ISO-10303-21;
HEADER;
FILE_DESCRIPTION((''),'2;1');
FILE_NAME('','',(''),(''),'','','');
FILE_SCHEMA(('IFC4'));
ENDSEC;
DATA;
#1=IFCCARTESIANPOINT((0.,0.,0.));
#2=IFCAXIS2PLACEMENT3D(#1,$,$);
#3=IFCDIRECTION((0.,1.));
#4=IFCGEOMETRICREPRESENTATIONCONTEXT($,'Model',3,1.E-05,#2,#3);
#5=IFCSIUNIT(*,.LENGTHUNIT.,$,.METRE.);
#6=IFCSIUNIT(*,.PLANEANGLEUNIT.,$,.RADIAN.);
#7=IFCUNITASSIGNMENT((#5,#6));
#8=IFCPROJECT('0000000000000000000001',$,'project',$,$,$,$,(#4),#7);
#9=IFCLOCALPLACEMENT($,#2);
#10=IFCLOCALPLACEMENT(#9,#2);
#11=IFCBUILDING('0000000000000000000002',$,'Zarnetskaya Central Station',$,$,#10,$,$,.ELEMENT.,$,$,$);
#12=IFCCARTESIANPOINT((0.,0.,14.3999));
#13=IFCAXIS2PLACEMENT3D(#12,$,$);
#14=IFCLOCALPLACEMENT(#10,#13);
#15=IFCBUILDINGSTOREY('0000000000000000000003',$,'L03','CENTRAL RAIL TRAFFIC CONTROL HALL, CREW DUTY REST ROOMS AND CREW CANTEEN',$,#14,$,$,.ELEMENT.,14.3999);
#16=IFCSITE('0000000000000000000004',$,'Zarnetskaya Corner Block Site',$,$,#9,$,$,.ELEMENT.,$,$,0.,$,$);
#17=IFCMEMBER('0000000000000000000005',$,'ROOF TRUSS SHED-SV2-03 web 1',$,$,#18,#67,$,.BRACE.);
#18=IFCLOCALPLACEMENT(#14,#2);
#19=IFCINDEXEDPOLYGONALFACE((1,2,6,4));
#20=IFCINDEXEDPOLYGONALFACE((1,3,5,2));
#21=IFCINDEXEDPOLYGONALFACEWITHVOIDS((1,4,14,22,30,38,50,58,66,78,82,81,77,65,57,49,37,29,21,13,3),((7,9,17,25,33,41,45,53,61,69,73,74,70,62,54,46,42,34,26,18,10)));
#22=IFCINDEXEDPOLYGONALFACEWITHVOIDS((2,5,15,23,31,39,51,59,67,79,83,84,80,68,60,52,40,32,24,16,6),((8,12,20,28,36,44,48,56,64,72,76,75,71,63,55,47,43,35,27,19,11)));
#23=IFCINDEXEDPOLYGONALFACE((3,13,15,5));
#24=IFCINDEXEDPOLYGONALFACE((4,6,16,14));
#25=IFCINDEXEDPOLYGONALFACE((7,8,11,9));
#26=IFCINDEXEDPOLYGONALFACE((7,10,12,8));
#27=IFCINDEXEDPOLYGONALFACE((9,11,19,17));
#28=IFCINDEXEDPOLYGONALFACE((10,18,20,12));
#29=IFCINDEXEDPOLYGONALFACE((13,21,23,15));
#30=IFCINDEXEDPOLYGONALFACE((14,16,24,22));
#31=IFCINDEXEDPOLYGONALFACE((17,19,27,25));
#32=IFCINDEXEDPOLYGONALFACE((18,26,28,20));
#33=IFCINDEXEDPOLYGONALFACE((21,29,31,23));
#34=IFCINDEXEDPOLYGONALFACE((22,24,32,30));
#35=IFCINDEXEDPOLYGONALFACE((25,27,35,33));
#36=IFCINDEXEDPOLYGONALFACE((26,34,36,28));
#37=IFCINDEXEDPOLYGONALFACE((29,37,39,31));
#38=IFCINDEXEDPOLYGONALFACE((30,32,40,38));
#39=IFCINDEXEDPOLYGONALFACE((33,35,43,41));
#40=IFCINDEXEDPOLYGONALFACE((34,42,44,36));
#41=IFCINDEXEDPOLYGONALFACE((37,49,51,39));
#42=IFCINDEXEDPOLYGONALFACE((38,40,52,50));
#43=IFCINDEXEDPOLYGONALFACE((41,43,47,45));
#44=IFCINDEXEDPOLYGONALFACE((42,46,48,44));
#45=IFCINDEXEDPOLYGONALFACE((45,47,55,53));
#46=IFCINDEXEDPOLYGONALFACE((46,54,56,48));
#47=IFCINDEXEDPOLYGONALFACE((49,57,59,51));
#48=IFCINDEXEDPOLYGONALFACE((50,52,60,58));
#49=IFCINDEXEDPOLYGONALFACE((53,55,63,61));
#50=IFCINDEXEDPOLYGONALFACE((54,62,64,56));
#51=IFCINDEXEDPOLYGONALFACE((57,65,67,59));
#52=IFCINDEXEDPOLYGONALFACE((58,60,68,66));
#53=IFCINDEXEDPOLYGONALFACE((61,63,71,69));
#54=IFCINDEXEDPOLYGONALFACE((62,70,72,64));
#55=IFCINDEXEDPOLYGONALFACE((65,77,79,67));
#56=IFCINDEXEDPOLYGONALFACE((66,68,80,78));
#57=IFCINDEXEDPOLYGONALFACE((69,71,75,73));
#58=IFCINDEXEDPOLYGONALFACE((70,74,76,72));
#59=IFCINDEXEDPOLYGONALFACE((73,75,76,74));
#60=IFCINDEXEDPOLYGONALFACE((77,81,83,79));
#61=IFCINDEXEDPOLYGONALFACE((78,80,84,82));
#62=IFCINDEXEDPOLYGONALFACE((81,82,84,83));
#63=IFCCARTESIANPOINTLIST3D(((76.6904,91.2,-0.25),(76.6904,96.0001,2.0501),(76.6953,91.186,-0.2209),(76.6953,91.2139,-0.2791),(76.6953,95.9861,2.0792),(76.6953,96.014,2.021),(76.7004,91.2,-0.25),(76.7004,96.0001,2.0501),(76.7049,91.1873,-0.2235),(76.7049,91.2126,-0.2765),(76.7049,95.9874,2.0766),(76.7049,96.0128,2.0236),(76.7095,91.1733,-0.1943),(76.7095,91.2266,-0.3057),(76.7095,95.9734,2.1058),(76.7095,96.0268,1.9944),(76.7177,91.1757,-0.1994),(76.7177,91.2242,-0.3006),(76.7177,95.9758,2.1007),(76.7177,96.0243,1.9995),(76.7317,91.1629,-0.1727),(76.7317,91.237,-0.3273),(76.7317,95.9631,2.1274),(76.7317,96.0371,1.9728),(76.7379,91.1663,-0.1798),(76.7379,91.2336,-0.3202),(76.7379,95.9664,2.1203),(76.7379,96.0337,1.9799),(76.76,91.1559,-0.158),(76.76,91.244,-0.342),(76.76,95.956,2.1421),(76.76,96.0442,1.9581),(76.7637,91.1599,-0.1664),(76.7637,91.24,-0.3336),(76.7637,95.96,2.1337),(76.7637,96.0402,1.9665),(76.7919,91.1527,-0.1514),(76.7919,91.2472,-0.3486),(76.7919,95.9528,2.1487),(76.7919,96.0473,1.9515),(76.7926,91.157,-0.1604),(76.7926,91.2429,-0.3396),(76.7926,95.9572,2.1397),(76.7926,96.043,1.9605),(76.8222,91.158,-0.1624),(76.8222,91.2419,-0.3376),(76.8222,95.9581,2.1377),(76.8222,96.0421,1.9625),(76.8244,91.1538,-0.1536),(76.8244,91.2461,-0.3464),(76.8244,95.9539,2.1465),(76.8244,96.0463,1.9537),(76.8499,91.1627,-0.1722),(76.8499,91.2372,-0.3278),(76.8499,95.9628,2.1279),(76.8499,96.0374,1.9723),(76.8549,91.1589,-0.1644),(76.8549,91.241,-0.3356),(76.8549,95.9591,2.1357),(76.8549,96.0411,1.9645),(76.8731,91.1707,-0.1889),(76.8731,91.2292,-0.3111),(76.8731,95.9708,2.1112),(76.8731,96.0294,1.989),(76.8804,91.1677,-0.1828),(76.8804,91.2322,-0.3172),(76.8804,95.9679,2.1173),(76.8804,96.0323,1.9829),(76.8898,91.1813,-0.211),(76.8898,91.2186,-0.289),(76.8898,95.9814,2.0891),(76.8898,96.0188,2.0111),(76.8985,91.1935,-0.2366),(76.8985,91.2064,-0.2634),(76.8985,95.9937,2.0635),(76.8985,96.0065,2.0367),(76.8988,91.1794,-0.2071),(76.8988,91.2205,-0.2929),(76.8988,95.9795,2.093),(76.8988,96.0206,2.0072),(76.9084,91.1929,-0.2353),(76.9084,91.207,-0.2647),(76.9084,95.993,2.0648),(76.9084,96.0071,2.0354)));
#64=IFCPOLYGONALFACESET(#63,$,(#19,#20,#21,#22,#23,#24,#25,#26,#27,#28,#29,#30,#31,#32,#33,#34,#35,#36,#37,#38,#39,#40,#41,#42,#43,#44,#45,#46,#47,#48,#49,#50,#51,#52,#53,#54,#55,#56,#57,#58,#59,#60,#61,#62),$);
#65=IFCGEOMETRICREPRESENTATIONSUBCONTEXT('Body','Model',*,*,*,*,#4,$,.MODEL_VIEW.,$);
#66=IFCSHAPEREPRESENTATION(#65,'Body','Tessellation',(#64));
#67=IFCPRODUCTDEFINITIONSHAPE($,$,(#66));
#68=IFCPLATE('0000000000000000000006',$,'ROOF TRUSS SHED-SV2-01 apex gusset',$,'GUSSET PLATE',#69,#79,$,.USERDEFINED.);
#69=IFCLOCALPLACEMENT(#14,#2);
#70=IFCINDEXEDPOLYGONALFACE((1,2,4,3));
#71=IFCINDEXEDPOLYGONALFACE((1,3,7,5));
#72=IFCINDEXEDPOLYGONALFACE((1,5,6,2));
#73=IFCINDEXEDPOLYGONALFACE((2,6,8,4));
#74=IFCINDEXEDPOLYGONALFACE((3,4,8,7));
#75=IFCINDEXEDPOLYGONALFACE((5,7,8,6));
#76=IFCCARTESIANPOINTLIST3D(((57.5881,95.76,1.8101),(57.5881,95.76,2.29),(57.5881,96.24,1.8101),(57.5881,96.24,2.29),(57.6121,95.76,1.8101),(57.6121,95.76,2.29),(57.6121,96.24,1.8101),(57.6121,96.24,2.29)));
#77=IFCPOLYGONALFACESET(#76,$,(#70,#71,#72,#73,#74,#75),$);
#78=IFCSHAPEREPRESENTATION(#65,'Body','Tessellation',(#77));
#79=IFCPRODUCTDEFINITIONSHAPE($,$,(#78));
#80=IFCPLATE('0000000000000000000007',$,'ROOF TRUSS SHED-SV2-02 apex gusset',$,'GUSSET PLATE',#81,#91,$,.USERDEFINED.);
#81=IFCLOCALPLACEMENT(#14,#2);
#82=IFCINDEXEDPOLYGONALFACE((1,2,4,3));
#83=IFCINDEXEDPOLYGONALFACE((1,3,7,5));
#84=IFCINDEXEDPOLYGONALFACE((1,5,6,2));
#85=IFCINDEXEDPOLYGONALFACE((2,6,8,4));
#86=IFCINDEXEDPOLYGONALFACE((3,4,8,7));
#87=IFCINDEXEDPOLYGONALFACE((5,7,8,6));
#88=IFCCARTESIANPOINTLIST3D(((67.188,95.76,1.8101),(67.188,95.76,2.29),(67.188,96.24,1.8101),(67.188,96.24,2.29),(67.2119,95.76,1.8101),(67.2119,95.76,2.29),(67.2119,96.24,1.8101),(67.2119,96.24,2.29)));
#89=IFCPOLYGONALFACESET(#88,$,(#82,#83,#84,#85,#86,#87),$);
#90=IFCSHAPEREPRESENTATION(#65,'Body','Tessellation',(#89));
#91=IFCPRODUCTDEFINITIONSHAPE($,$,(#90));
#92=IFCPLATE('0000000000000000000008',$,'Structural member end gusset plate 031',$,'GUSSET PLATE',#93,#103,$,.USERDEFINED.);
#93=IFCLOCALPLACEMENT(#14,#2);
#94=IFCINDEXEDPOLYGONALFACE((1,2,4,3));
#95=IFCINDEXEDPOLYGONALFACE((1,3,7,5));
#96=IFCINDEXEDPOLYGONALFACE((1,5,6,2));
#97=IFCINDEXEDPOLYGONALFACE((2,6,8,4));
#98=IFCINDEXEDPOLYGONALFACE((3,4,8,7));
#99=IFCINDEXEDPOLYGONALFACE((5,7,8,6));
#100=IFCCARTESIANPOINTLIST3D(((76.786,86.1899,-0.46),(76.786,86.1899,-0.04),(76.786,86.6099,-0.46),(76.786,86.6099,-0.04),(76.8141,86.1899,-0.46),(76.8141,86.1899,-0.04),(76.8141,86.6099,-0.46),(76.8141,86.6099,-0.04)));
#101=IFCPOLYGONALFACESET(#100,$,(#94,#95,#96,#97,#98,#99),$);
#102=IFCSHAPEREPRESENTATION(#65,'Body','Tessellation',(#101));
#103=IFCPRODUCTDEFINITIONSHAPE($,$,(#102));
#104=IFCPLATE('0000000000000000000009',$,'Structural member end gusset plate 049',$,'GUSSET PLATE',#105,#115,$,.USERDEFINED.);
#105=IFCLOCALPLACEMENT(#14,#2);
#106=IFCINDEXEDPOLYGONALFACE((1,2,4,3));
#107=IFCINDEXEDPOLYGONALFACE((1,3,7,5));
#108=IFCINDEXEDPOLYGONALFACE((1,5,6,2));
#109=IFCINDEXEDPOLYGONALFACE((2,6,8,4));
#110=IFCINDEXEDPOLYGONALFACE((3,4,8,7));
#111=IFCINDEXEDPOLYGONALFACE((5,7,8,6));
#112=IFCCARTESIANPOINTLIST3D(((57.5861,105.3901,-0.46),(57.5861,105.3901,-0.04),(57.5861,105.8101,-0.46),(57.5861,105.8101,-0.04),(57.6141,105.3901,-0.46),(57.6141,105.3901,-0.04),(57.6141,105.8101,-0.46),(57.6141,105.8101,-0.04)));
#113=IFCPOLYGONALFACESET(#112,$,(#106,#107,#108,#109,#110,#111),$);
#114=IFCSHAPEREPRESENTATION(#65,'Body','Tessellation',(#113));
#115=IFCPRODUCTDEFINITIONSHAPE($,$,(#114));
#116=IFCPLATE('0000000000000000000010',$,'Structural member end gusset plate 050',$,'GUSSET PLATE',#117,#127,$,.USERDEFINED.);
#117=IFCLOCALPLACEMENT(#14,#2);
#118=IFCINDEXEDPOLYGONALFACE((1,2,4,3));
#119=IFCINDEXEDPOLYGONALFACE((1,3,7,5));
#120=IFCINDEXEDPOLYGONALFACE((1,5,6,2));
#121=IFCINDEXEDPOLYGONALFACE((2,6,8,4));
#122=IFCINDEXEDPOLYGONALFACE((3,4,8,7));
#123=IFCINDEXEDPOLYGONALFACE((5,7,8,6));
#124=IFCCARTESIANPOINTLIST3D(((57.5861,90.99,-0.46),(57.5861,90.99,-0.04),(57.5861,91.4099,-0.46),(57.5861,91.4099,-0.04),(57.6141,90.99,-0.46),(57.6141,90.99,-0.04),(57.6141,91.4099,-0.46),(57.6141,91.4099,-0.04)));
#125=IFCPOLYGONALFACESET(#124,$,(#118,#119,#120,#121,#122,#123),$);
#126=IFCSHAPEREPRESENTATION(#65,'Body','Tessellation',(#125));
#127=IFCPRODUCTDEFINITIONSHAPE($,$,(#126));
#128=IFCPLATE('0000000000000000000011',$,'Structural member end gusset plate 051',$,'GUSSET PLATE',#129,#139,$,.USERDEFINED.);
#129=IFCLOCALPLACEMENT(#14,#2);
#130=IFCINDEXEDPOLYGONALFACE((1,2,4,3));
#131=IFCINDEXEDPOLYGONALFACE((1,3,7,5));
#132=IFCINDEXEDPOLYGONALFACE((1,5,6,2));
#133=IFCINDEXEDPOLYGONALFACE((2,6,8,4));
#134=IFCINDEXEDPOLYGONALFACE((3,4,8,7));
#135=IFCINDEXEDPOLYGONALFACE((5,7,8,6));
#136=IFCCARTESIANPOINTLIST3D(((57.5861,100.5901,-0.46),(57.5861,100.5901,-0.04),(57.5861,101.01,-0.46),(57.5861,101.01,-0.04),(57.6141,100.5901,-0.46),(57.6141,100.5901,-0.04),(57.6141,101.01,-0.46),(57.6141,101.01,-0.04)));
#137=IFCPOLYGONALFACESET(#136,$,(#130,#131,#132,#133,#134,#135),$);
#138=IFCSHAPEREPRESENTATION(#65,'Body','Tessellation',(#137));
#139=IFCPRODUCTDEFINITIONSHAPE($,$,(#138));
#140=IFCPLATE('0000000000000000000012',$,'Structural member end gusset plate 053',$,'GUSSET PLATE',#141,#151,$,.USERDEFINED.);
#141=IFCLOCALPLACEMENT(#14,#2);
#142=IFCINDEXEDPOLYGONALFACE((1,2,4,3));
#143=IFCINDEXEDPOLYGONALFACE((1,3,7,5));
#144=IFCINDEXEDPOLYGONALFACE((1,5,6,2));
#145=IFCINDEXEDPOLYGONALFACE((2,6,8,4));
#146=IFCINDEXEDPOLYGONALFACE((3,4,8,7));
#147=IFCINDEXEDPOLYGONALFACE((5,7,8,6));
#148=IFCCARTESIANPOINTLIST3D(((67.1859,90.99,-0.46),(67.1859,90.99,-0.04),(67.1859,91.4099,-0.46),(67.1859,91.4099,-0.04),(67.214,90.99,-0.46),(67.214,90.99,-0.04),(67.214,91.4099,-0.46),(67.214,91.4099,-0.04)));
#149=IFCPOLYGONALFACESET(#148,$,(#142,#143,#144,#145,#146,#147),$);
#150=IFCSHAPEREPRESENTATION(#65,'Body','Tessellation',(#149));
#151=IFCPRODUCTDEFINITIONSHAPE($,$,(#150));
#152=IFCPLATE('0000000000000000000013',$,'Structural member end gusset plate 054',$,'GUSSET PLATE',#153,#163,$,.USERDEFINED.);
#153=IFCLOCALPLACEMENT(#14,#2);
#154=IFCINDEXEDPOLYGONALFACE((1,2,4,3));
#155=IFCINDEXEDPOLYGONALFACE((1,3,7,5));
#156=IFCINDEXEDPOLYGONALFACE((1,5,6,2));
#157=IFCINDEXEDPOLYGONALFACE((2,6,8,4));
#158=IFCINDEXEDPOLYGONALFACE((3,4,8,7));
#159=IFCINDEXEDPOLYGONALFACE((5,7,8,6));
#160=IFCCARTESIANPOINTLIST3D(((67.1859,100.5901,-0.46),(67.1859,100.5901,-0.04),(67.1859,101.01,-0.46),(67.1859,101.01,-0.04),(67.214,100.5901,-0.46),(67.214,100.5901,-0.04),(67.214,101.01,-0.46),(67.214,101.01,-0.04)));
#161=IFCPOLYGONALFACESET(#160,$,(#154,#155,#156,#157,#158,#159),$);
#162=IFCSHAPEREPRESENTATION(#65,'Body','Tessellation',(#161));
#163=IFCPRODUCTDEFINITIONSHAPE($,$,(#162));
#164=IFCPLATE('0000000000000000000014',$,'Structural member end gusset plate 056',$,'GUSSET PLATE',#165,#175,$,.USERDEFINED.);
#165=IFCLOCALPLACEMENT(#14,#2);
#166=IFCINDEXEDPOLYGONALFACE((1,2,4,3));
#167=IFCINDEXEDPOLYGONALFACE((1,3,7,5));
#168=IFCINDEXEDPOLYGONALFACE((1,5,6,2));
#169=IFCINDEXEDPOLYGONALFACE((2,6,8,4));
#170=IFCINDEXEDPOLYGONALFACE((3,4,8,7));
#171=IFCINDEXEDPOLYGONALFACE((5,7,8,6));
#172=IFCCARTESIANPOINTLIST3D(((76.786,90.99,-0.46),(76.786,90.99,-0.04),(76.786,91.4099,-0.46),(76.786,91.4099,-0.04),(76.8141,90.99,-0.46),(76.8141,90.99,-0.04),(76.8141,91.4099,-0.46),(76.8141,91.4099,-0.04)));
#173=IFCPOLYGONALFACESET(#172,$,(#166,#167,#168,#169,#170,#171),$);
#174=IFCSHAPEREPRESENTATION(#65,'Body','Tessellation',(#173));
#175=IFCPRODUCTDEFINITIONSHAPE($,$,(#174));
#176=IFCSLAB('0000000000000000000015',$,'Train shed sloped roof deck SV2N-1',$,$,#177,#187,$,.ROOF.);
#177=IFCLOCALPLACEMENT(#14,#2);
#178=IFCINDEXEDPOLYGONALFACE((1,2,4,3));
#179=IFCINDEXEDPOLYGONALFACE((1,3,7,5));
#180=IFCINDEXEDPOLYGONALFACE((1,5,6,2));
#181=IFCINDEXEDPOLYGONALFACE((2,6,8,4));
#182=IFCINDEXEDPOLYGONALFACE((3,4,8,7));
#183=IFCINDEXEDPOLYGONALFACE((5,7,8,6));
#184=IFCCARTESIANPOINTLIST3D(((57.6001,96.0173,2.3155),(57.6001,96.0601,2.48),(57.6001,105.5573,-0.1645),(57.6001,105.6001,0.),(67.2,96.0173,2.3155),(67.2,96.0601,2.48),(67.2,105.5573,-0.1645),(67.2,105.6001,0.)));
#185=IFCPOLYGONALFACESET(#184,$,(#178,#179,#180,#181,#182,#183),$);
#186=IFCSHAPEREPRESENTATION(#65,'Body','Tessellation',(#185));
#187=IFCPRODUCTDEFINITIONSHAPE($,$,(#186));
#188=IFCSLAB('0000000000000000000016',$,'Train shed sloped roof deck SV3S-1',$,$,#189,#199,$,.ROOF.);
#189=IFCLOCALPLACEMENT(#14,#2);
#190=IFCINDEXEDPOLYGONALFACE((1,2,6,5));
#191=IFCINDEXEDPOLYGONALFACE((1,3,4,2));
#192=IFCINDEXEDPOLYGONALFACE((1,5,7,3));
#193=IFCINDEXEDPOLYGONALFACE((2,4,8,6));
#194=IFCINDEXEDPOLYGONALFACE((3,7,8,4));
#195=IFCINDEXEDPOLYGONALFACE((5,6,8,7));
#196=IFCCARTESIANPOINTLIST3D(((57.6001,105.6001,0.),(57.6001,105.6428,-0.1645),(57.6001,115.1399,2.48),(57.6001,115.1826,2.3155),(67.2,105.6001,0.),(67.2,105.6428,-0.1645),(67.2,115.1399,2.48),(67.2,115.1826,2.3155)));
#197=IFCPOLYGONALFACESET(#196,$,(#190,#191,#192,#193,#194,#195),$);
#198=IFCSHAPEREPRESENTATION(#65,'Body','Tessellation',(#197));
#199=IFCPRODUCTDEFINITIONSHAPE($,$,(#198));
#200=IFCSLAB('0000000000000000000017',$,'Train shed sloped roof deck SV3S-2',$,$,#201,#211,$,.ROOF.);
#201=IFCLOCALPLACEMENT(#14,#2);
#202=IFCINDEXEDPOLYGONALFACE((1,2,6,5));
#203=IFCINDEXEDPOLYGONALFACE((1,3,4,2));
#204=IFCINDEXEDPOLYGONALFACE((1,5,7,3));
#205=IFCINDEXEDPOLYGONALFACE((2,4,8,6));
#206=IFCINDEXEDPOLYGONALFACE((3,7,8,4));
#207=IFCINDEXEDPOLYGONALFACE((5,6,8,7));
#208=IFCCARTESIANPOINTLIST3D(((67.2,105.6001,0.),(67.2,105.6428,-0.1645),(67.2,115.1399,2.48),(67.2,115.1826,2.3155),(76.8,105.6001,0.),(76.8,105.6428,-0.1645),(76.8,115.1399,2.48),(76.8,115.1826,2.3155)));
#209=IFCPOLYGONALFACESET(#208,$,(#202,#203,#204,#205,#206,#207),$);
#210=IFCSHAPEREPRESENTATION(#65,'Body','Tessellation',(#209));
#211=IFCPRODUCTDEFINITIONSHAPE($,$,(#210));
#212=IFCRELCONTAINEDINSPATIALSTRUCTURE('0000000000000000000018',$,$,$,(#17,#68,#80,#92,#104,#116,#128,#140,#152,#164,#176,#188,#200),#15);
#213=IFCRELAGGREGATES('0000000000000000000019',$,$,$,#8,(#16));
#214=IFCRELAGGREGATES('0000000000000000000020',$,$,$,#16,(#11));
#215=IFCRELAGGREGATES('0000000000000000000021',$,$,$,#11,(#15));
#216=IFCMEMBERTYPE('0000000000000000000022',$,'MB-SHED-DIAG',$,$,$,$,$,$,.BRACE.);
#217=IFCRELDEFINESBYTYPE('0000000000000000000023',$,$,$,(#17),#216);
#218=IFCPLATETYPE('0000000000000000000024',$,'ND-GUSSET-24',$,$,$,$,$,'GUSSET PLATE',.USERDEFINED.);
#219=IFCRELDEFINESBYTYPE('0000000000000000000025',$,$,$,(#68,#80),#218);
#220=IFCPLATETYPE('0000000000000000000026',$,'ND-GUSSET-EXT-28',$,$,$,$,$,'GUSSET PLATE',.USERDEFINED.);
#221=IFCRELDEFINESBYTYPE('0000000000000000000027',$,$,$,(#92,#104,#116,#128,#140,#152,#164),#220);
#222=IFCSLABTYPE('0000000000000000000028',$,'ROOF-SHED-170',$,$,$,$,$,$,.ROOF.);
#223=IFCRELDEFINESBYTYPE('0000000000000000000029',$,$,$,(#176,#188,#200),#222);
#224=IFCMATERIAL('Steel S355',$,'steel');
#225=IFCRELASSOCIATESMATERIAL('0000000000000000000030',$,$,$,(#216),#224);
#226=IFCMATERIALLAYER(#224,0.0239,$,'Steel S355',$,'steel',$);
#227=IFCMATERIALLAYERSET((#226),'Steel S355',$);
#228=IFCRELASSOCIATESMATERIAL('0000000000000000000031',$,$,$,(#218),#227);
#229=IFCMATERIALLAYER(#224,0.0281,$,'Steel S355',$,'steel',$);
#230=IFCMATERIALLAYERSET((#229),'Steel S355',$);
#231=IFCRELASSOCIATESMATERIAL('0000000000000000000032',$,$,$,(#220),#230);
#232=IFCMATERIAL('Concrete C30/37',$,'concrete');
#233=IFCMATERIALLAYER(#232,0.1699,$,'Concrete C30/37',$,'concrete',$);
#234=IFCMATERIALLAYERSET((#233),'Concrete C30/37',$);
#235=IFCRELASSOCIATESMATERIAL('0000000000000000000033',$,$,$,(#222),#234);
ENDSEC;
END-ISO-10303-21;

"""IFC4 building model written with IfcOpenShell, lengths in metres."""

from ifc_helpers import new_model, si_unit, direction, frame, origin, origin_2d, place, context, subcontext, project, spatial, polyline, rectangle, hollow_circle, outline, extrude, material, layer, layer_set, material_profile, profile_set, type_object, element, save


model = new_model("IFC4")

# Units and contexts
model_context = context("Model", 3, precision=1e-05, world=origin(), true_north=direction((0.0, 1.0)))
body_context = subcontext(model_context, "Body", "Model", "MODEL_VIEW")
ifc_project = project(units=[si_unit("LENGTHUNIT", "METRE"), si_unit("PLANEANGLEUNIT", "RADIAN")], contexts=[model_context])

# Site, building, storey
site_placement = place(None, origin())
site = spatial("IfcSite", under=ifc_project, at=site_placement, Name="Zarnetskaya Corner Block Site", CompositionType="ELEMENT", RefElevation=0.0)
building_placement = place(site_placement, origin())
building = spatial("IfcBuilding", under=site, at=building_placement, Name="Zarnetskaya Central Station", CompositionType="ELEMENT")
storey_placement = place(building_placement, frame((0.0, 0.0, 14.3999)))
storey = spatial("IfcBuildingStorey", under=building, at=storey_placement, Name="L03", Description="CENTRAL RAIL TRAFFIC CONTROL HALL, CREW DUTY REST ROOMS AND CREW CANTEEN", CompositionType="ELEMENT", Elevation=14.3999)

# Shared definitions
ifc_material_1 = material(Name="Steel S355", Category="steel")

# Member
ifc_material_profile_1 = material_profile(ifc_material_1, hollow_circle(Radius=0.1096, WallThickness=0.01, at=origin_2d()), Name="CHS 219.1x10")
ifc_profile_set_1 = profile_set([ifc_material_profile_1], Name="Steel S355")
member_type_1 = type_object("IfcMemberType", Name="MB-SHED-DIAG", PredefinedType="BRACE", material=ifc_profile_set_1)
for number, where, z_axis, x_axis, name in (
    (1, (76.8, 91.2, -0.25), (0.0, 0.901814, 0.432124), (-1.0, 0.0, 0.0), "ROOF TRUSS SHED-SV2-03 web 1"),
):
    element("IfcMember", number, at=place(storey_placement, frame(where, z_axis=z_axis, x_axis=x_axis)), inside=storey, type_object=member_type_1, Name=name, PredefinedType="BRACE", context=body_context, shape_type="SweptSolid", body=[
        extrude(hollow_circle(Radius=0.1096, WallThickness=0.01, at=origin_2d()), origin(), (0.0, 0.0, 1.0), 5.3228),
    ])

# Plates
ifc_layer_1 = layer(ifc_material_1, 0.0239, Name="Steel S355", Category="steel")
ifc_layer_set_1 = layer_set([ifc_layer_1], Name="Steel S355")
plate_type_1 = type_object("IfcPlateType", Name="ND-GUSSET-24", ElementType="GUSSET PLATE", PredefinedType="USERDEFINED", material=ifc_layer_set_1)
for number, where, z_axis, x_axis, name in (
    (2, (57.6001, 96.0, 1.8101), (0.0, 0.0, 1.0), (1.0, 0.0, 0.0), "ROOF TRUSS SHED-SV2-01 apex gusset"),
    (3, (67.2, 96.0, 1.8101), (0.0, 0.0, 1.0), (1.0, 0.0, 0.0), "ROOF TRUSS SHED-SV2-02 apex gusset"),
):
    element("IfcPlate", number, at=place(storey_placement, frame(where, z_axis=z_axis, x_axis=x_axis)), inside=storey, type_object=plate_type_1, Name=name, ObjectType="GUSSET PLATE", PredefinedType="USERDEFINED", context=body_context, shape_type="SweptSolid", body=[
        extrude(rectangle(XDim=0.0239, YDim=0.48, at=origin_2d()), origin(), (0.0, 0.0, 1.0), 0.48),
    ])
ifc_layer_2 = layer(ifc_material_1, 0.0281, Name="Steel S355", Category="steel")
ifc_layer_set_2 = layer_set([ifc_layer_2], Name="Steel S355")
plate_type_2 = type_object("IfcPlateType", Name="ND-GUSSET-EXT-28", ElementType="GUSSET PLATE", PredefinedType="USERDEFINED", material=ifc_layer_set_2)
for number, where, z_axis, x_axis, name in (
    (4, (76.8, 86.3999, -0.46), (0.0, 0.0, 1.0), (1.0, 0.0, 0.0), "Structural member end gusset plate 031"),
    (5, (57.6001, 105.6001, -0.46), (0.0, 0.0, 1.0), (1.0, 0.0, 0.0), "Structural member end gusset plate 049"),
    (6, (57.6001, 91.2, -0.46), (0.0, 0.0, 1.0), (1.0, 0.0, 0.0), "Structural member end gusset plate 050"),
    (7, (57.6001, 100.8, -0.46), (0.0, 0.0, 1.0), (1.0, 0.0, 0.0), "Structural member end gusset plate 051"),
    (8, (67.2, 91.2, -0.46), (0.0, 0.0, 1.0), (1.0, 0.0, 0.0), "Structural member end gusset plate 053"),
    (9, (67.2, 100.8, -0.46), (0.0, 0.0, 1.0), (1.0, 0.0, 0.0), "Structural member end gusset plate 054"),
    (10, (76.8, 91.2, -0.46), (0.0, 0.0, 1.0), (1.0, 0.0, 0.0), "Structural member end gusset plate 056"),
):
    element("IfcPlate", number, at=place(storey_placement, frame(where, z_axis=z_axis, x_axis=x_axis)), inside=storey, type_object=plate_type_2, Name=name, ObjectType="GUSSET PLATE", PredefinedType="USERDEFINED", context=body_context, shape_type="SweptSolid", body=[
        extrude(rectangle(XDim=0.0281, YDim=0.4199, at=origin_2d()), origin(), (0.0, 0.0, 1.0), 0.4199),
    ])

# Slabs
ifc_material_2 = material(Name="Concrete C30/37", Category="concrete")
ifc_layer_3 = layer(ifc_material_2, 0.1699, Name="Concrete C30/37", Category="concrete")
ifc_layer_set_3 = layer_set([ifc_layer_3], Name="Concrete C30/37")
slab_type = type_object("IfcSlabType", Name="ROOF-SHED-170", PredefinedType="ROOF", material=ifc_layer_set_3)
slab_1_placement = place(storey_placement, frame((67.2, 105.6001, 0.0), z_axis=(0.0, 0.251593, 0.967833), x_axis=(-1.0, 0.0, 0.0)))
element("IfcSlab", 11, at=slab_1_placement, inside=storey, type_object=slab_type, Name="Train shed sloped roof deck SV2N-1", PredefinedType="ROOF", context=body_context, shape_type="SweptSolid", body=[
    extrude(outline(polyline([(0.0, 0.0), (9.5999, 0.0), (9.5999, 9.8571), (0.0, 9.8571), (0.0, 0.0)])), origin(), (0.0, 0.0, -1.0), 0.1699),
])
slab_2_placement = place(storey_placement, frame((57.6001, 105.6001, 0.0), z_axis=(0.0, -0.251599, 0.967832), x_axis=(1.0, 0.0, 0.0)))
element("IfcSlab", 12, at=slab_2_placement, inside=storey, type_object=slab_type, Name="Train shed sloped roof deck SV3S-1", PredefinedType="ROOF", context=body_context, shape_type="SweptSolid", body=[
    extrude(outline(polyline([(0.0, 0.0), (9.5999, 0.0), (9.5999, 9.8569), (0.0, 9.8569), (0.0, 0.0)])), origin(), (0.0, 0.0, -1.0), 0.1699),
])
slab_3_placement = place(storey_placement, frame((67.2, 105.6001, 0.0), z_axis=(0.0, -0.251599, 0.967832), x_axis=(1.0, 0.0, 0.0)))
element("IfcSlab", 13, at=slab_3_placement, inside=storey, type_object=slab_type, Name="Train shed sloped roof deck SV3S-2", PredefinedType="ROOF", context=body_context, shape_type="SweptSolid", body=[
    extrude(outline(polyline([(0.0, 0.0), (9.6001, 0.0), (9.6001, 9.8569), (0.0, 9.8569), (0.0, 0.0)])), origin(), (0.0, 0.0, -1.0), 0.1699),
])

save(model, "model.ifc")
